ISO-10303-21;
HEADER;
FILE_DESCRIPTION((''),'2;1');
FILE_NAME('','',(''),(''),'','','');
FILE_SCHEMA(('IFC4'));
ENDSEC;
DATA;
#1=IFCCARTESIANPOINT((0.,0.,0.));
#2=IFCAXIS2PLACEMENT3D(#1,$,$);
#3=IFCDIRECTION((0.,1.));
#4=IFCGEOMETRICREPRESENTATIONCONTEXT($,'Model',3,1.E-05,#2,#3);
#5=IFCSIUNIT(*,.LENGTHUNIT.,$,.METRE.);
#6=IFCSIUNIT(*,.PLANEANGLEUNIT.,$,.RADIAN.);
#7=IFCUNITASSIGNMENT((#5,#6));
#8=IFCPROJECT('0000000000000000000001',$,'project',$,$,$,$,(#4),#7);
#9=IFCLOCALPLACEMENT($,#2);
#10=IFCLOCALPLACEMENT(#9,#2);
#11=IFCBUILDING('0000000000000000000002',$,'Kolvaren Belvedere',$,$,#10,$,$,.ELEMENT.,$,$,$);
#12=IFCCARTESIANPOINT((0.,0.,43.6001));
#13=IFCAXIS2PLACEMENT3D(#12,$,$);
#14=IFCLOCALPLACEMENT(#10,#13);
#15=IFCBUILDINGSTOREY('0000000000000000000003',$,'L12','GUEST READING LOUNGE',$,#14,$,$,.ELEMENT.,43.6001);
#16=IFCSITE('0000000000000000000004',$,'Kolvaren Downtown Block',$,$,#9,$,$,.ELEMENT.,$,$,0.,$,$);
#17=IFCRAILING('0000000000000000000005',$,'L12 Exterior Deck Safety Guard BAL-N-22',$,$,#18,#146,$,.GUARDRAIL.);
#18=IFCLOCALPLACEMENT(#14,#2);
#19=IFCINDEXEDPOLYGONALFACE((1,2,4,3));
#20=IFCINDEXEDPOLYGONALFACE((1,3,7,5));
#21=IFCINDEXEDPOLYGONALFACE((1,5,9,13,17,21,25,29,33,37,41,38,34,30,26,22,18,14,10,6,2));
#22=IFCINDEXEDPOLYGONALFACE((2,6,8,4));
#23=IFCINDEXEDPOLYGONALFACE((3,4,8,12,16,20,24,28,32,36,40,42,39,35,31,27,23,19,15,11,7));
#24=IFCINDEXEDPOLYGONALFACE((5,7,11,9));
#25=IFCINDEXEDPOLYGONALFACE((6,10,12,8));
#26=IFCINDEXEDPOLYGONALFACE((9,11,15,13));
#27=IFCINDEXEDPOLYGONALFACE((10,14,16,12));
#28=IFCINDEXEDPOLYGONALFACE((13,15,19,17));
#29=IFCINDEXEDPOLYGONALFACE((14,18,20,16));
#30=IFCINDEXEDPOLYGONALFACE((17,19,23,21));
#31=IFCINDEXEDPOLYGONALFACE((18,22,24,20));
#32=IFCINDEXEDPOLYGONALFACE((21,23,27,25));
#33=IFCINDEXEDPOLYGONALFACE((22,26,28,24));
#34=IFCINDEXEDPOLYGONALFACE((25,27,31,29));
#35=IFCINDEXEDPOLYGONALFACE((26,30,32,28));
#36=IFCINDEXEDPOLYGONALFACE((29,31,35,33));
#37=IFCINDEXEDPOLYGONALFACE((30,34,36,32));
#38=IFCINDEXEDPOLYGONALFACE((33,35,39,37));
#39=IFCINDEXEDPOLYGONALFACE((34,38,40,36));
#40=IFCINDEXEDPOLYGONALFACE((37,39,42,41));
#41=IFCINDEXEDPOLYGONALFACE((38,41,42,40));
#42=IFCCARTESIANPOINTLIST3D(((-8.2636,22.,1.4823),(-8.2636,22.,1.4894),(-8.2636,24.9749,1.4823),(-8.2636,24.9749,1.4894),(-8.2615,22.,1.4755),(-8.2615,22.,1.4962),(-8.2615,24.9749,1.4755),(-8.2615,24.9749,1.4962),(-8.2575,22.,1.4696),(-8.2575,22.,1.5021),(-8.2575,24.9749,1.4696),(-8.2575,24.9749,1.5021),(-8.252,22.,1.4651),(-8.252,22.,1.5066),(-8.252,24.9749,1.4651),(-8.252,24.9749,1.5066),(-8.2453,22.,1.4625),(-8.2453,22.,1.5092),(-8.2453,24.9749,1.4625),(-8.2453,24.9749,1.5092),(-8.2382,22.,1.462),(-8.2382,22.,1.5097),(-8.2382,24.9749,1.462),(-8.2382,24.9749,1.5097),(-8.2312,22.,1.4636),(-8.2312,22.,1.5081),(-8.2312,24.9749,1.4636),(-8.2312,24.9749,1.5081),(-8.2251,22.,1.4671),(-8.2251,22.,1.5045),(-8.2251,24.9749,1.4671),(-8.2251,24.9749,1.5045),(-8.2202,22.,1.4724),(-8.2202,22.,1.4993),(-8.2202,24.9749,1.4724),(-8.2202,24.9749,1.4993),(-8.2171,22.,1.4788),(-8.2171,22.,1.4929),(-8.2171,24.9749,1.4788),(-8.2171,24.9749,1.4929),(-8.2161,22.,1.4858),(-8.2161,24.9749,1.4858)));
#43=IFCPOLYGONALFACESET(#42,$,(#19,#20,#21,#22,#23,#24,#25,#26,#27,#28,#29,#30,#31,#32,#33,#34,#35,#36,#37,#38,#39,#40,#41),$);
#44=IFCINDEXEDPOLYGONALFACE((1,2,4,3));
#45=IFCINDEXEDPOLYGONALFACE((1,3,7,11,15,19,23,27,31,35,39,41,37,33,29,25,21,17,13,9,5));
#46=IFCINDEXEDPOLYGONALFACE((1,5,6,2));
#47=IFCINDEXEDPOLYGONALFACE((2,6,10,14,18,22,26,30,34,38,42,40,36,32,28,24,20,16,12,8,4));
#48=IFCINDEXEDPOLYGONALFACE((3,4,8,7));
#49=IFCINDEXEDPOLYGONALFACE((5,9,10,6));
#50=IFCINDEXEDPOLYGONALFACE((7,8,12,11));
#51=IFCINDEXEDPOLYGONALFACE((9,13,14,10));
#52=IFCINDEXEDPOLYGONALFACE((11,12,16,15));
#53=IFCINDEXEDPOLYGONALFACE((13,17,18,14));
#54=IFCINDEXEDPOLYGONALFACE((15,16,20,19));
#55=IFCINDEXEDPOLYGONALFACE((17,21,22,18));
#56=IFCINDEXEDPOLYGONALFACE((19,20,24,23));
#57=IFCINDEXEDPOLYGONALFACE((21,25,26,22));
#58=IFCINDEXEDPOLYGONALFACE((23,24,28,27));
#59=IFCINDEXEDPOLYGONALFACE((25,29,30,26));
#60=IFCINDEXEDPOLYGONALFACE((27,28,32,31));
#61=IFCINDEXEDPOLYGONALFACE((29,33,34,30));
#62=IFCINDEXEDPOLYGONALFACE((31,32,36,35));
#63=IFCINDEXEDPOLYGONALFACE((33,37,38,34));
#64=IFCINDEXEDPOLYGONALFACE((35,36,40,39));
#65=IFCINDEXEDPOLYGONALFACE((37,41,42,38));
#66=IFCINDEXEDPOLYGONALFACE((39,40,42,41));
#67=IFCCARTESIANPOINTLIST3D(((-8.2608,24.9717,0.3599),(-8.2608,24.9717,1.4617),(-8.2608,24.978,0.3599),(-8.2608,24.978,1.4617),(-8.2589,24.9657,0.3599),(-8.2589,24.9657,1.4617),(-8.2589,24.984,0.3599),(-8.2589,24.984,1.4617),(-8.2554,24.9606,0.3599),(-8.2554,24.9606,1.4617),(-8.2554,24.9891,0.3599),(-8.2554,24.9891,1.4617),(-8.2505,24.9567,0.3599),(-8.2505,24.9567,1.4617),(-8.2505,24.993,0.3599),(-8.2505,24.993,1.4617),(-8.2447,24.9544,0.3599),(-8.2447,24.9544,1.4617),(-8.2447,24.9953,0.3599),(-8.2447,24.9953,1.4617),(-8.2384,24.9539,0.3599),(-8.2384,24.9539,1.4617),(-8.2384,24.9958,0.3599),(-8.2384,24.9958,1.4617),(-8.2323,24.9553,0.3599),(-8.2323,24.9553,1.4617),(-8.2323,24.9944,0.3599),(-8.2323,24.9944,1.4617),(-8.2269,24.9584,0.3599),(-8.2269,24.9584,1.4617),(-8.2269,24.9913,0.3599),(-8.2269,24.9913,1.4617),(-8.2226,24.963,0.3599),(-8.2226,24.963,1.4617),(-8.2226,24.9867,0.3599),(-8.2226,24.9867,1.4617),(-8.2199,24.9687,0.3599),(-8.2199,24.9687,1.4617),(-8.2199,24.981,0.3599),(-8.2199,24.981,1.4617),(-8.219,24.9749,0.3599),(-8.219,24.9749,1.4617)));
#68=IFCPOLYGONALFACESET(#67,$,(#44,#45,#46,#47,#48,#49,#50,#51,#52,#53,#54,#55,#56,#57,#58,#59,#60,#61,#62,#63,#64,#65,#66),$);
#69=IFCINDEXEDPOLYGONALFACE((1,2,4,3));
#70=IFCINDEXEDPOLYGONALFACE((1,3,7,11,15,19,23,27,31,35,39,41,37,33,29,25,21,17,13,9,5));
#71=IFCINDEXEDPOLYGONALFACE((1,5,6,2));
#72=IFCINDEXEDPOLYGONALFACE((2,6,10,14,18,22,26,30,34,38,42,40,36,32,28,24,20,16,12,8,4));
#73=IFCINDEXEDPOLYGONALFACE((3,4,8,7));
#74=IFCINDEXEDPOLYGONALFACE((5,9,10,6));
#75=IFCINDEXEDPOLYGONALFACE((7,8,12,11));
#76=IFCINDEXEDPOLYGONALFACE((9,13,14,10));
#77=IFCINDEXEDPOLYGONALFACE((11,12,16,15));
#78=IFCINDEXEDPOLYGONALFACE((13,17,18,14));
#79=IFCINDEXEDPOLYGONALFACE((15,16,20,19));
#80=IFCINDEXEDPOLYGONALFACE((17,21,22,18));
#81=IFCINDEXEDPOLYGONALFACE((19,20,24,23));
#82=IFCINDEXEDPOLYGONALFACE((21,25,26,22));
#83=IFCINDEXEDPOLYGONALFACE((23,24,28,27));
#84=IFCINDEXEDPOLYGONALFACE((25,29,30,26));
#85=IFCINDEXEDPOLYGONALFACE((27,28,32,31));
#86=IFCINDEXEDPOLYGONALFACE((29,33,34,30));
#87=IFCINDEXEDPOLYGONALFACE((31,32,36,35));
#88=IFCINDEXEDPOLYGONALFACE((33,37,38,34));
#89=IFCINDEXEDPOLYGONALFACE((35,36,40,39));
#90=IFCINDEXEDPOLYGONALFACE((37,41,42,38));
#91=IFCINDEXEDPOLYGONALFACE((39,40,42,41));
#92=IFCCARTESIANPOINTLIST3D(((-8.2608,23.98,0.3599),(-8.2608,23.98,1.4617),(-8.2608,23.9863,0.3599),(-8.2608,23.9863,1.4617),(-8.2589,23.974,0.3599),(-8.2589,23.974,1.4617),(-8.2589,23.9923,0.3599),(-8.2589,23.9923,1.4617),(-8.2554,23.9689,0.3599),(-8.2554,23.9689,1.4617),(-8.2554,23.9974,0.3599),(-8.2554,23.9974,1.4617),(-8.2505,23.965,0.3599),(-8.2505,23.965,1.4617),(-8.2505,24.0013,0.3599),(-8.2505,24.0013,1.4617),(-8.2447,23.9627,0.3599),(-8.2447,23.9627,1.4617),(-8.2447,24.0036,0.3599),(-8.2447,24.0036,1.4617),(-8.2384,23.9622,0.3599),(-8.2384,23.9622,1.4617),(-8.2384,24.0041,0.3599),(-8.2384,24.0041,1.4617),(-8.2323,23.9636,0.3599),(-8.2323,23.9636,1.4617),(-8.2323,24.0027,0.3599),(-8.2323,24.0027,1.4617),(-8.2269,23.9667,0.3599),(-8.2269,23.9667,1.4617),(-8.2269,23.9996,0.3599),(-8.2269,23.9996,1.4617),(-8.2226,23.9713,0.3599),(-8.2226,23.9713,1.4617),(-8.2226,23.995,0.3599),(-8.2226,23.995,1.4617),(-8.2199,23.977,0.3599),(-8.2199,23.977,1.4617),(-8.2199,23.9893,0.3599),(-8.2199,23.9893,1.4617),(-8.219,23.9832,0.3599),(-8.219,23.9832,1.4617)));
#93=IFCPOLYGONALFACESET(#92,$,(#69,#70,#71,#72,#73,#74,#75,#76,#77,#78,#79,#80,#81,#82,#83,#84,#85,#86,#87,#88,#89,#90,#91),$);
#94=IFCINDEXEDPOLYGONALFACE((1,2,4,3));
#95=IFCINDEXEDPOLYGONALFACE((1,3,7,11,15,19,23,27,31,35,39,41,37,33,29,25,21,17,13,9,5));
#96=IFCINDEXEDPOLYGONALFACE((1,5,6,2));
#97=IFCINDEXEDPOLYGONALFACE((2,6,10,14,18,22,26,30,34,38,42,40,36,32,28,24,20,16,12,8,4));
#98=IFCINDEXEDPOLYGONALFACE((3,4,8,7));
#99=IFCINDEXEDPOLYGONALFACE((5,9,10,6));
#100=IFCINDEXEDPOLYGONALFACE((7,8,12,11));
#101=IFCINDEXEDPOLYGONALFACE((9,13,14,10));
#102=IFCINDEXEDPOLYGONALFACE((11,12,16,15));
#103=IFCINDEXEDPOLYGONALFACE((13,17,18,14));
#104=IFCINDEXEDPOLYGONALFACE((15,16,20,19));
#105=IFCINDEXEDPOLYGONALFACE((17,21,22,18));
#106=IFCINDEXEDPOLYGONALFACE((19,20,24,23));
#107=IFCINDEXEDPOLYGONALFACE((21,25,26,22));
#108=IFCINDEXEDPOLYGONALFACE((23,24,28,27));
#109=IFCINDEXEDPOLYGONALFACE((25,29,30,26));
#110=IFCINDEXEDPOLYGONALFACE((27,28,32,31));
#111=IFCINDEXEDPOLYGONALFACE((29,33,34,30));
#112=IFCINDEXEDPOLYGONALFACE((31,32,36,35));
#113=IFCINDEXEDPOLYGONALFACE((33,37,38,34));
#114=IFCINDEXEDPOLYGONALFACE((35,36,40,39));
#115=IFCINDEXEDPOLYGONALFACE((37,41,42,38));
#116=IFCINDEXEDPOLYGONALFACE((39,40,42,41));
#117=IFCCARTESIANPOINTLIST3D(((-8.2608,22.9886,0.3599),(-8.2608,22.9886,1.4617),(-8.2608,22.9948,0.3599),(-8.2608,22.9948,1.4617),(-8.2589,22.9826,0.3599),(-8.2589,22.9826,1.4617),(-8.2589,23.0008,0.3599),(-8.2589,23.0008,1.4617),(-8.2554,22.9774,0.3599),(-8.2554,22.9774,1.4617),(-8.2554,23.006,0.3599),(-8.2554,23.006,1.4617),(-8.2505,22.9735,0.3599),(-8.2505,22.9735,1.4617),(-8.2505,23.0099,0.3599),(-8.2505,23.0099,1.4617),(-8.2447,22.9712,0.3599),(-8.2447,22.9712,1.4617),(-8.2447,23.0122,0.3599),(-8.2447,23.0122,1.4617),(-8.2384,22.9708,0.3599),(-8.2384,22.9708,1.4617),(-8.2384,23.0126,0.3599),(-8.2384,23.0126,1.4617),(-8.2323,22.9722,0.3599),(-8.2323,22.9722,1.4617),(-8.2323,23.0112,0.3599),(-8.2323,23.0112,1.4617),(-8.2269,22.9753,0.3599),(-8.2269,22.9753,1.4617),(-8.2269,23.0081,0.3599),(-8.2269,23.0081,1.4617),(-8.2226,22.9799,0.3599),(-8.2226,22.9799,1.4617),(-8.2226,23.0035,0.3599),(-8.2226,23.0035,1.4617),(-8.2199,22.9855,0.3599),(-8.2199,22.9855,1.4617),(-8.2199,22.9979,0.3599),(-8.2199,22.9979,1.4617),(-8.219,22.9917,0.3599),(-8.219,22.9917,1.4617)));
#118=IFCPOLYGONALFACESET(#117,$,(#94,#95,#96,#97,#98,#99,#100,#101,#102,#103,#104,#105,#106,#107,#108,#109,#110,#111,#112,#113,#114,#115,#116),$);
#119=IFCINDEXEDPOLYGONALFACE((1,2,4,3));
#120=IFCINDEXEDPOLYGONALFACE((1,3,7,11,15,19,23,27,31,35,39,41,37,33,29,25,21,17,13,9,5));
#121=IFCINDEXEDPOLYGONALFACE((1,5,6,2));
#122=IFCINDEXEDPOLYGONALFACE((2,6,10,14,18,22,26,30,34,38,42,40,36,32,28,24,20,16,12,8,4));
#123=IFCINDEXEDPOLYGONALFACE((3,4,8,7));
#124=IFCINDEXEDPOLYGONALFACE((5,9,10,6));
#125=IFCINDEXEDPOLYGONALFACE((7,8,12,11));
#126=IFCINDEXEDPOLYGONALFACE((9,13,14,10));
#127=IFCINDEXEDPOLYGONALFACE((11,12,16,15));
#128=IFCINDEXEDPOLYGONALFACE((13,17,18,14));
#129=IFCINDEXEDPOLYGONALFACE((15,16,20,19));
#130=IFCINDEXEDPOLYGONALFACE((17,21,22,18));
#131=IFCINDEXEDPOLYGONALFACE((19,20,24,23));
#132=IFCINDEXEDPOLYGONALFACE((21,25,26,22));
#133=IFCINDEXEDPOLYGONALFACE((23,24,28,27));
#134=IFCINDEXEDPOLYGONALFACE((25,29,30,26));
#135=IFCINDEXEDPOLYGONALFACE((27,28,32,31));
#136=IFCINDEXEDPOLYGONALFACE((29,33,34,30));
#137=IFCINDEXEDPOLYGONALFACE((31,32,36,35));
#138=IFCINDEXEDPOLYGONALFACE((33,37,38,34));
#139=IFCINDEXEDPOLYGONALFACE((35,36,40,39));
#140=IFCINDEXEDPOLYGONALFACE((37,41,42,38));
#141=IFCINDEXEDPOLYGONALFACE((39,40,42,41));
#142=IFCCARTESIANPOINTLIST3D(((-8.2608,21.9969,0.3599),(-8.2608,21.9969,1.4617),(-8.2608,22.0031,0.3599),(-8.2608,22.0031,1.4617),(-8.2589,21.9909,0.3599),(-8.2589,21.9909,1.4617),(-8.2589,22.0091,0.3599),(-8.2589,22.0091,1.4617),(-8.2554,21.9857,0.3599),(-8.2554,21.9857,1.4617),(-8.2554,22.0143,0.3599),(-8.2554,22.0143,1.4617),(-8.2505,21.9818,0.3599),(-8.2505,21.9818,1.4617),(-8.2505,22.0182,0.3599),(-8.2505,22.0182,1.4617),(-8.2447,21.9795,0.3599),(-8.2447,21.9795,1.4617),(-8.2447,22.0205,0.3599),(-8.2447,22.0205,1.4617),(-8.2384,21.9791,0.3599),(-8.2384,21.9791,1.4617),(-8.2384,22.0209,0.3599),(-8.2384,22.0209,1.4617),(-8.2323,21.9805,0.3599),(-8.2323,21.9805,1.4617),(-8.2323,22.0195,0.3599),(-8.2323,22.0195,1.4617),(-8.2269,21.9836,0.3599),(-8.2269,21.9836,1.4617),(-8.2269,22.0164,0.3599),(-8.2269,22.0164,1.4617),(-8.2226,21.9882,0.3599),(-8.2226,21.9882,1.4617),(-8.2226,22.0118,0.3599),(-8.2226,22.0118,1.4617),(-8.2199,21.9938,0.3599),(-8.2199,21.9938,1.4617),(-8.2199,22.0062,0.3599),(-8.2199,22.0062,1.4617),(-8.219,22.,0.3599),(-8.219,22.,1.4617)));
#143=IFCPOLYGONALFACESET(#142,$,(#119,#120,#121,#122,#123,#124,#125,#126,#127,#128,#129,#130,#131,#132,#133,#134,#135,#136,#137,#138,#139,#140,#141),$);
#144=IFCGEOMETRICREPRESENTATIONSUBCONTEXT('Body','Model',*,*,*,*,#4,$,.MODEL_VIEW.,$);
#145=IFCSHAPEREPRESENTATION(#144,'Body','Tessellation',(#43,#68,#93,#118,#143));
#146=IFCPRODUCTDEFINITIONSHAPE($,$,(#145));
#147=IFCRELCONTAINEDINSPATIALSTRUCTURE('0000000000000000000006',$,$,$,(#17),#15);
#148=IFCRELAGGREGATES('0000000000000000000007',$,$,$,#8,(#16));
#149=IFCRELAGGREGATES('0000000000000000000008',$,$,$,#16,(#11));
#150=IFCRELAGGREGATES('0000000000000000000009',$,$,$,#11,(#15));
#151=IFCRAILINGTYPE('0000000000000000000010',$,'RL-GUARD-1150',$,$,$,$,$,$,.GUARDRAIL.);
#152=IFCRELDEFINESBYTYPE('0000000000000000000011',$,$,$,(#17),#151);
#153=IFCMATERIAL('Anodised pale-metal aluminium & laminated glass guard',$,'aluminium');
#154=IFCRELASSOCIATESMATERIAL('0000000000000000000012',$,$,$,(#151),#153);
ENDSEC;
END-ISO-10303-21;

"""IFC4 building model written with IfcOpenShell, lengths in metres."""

from ifc_helpers import new_model, si_unit, direction, frame, origin, origin_2d, place, context, subcontext, project, spatial, circle, extrude, material, type_object, element, save


model = new_model("IFC4")

# Units and contexts
model_context = context("Model", 3, precision=1e-05, world=origin(), true_north=direction((0.0, 1.0)))
body_context = subcontext(model_context, "Body", "Model", "MODEL_VIEW")
ifc_project = project(units=[si_unit("LENGTHUNIT", "METRE"), si_unit("PLANEANGLEUNIT", "RADIAN")], contexts=[model_context])

# Site, building, storey
site_placement = place(None, origin())
site = spatial("IfcSite", under=ifc_project, at=site_placement, Name="Kolvaren Downtown Block", CompositionType="ELEMENT", RefElevation=0.0)
building_placement = place(site_placement, origin())
building = spatial("IfcBuilding", under=site, at=building_placement, Name="Kolvaren Belvedere", CompositionType="ELEMENT")
storey_placement = place(building_placement, frame((0.0, 0.0, 43.6001)))
storey = spatial("IfcBuildingStorey", under=building, at=storey_placement, Name="L12", Description="GUEST READING LOUNGE", CompositionType="ELEMENT", Elevation=43.6001)

# Railing
ifc_material_1 = material(Name="Anodised pale-metal aluminium & laminated glass guard", Category="aluminium")
railing_type = type_object("IfcRailingType", Name="RL-GUARD-1150", PredefinedType="GUARDRAIL", material=ifc_material_1)
railing_1_placement = place(storey_placement, frame((-8.24, 24.9749, 0.3599)))
element("IfcRailing", 1, at=railing_1_placement, inside=storey, type_object=railing_type, Name="L12 Exterior Deck Safety Guard BAL-N-22", PredefinedType="GUARDRAIL", context=body_context, shape_type="SweptSolid", body=[
    extrude(circle(Radius=0.0239, at=origin_2d()), frame((0.0, 0.0, 1.126), z_axis=(0.0, -1.0, 0.0), x_axis=(1.0, 0.0, 0.0)), (0.0, 0.0, 1.0), 2.9749),
    extrude(circle(Radius=0.021, at=origin_2d()), origin(), (0.0, 0.0, 1.0), 1.1018),
    extrude(circle(Radius=0.021, at=origin_2d()), frame((0.0, -0.9917, 0.0)), (0.0, 0.0, 1.0), 1.1018),
    extrude(circle(Radius=0.021, at=origin_2d()), frame((0.0, -1.9832, 0.0)), (0.0, 0.0, 1.0), 1.1018),
    extrude(circle(Radius=0.021, at=origin_2d()), frame((0.0, -2.9749, 0.0)), (0.0, 0.0, 1.0), 1.1018),
])

save(model, "model.ifc")
